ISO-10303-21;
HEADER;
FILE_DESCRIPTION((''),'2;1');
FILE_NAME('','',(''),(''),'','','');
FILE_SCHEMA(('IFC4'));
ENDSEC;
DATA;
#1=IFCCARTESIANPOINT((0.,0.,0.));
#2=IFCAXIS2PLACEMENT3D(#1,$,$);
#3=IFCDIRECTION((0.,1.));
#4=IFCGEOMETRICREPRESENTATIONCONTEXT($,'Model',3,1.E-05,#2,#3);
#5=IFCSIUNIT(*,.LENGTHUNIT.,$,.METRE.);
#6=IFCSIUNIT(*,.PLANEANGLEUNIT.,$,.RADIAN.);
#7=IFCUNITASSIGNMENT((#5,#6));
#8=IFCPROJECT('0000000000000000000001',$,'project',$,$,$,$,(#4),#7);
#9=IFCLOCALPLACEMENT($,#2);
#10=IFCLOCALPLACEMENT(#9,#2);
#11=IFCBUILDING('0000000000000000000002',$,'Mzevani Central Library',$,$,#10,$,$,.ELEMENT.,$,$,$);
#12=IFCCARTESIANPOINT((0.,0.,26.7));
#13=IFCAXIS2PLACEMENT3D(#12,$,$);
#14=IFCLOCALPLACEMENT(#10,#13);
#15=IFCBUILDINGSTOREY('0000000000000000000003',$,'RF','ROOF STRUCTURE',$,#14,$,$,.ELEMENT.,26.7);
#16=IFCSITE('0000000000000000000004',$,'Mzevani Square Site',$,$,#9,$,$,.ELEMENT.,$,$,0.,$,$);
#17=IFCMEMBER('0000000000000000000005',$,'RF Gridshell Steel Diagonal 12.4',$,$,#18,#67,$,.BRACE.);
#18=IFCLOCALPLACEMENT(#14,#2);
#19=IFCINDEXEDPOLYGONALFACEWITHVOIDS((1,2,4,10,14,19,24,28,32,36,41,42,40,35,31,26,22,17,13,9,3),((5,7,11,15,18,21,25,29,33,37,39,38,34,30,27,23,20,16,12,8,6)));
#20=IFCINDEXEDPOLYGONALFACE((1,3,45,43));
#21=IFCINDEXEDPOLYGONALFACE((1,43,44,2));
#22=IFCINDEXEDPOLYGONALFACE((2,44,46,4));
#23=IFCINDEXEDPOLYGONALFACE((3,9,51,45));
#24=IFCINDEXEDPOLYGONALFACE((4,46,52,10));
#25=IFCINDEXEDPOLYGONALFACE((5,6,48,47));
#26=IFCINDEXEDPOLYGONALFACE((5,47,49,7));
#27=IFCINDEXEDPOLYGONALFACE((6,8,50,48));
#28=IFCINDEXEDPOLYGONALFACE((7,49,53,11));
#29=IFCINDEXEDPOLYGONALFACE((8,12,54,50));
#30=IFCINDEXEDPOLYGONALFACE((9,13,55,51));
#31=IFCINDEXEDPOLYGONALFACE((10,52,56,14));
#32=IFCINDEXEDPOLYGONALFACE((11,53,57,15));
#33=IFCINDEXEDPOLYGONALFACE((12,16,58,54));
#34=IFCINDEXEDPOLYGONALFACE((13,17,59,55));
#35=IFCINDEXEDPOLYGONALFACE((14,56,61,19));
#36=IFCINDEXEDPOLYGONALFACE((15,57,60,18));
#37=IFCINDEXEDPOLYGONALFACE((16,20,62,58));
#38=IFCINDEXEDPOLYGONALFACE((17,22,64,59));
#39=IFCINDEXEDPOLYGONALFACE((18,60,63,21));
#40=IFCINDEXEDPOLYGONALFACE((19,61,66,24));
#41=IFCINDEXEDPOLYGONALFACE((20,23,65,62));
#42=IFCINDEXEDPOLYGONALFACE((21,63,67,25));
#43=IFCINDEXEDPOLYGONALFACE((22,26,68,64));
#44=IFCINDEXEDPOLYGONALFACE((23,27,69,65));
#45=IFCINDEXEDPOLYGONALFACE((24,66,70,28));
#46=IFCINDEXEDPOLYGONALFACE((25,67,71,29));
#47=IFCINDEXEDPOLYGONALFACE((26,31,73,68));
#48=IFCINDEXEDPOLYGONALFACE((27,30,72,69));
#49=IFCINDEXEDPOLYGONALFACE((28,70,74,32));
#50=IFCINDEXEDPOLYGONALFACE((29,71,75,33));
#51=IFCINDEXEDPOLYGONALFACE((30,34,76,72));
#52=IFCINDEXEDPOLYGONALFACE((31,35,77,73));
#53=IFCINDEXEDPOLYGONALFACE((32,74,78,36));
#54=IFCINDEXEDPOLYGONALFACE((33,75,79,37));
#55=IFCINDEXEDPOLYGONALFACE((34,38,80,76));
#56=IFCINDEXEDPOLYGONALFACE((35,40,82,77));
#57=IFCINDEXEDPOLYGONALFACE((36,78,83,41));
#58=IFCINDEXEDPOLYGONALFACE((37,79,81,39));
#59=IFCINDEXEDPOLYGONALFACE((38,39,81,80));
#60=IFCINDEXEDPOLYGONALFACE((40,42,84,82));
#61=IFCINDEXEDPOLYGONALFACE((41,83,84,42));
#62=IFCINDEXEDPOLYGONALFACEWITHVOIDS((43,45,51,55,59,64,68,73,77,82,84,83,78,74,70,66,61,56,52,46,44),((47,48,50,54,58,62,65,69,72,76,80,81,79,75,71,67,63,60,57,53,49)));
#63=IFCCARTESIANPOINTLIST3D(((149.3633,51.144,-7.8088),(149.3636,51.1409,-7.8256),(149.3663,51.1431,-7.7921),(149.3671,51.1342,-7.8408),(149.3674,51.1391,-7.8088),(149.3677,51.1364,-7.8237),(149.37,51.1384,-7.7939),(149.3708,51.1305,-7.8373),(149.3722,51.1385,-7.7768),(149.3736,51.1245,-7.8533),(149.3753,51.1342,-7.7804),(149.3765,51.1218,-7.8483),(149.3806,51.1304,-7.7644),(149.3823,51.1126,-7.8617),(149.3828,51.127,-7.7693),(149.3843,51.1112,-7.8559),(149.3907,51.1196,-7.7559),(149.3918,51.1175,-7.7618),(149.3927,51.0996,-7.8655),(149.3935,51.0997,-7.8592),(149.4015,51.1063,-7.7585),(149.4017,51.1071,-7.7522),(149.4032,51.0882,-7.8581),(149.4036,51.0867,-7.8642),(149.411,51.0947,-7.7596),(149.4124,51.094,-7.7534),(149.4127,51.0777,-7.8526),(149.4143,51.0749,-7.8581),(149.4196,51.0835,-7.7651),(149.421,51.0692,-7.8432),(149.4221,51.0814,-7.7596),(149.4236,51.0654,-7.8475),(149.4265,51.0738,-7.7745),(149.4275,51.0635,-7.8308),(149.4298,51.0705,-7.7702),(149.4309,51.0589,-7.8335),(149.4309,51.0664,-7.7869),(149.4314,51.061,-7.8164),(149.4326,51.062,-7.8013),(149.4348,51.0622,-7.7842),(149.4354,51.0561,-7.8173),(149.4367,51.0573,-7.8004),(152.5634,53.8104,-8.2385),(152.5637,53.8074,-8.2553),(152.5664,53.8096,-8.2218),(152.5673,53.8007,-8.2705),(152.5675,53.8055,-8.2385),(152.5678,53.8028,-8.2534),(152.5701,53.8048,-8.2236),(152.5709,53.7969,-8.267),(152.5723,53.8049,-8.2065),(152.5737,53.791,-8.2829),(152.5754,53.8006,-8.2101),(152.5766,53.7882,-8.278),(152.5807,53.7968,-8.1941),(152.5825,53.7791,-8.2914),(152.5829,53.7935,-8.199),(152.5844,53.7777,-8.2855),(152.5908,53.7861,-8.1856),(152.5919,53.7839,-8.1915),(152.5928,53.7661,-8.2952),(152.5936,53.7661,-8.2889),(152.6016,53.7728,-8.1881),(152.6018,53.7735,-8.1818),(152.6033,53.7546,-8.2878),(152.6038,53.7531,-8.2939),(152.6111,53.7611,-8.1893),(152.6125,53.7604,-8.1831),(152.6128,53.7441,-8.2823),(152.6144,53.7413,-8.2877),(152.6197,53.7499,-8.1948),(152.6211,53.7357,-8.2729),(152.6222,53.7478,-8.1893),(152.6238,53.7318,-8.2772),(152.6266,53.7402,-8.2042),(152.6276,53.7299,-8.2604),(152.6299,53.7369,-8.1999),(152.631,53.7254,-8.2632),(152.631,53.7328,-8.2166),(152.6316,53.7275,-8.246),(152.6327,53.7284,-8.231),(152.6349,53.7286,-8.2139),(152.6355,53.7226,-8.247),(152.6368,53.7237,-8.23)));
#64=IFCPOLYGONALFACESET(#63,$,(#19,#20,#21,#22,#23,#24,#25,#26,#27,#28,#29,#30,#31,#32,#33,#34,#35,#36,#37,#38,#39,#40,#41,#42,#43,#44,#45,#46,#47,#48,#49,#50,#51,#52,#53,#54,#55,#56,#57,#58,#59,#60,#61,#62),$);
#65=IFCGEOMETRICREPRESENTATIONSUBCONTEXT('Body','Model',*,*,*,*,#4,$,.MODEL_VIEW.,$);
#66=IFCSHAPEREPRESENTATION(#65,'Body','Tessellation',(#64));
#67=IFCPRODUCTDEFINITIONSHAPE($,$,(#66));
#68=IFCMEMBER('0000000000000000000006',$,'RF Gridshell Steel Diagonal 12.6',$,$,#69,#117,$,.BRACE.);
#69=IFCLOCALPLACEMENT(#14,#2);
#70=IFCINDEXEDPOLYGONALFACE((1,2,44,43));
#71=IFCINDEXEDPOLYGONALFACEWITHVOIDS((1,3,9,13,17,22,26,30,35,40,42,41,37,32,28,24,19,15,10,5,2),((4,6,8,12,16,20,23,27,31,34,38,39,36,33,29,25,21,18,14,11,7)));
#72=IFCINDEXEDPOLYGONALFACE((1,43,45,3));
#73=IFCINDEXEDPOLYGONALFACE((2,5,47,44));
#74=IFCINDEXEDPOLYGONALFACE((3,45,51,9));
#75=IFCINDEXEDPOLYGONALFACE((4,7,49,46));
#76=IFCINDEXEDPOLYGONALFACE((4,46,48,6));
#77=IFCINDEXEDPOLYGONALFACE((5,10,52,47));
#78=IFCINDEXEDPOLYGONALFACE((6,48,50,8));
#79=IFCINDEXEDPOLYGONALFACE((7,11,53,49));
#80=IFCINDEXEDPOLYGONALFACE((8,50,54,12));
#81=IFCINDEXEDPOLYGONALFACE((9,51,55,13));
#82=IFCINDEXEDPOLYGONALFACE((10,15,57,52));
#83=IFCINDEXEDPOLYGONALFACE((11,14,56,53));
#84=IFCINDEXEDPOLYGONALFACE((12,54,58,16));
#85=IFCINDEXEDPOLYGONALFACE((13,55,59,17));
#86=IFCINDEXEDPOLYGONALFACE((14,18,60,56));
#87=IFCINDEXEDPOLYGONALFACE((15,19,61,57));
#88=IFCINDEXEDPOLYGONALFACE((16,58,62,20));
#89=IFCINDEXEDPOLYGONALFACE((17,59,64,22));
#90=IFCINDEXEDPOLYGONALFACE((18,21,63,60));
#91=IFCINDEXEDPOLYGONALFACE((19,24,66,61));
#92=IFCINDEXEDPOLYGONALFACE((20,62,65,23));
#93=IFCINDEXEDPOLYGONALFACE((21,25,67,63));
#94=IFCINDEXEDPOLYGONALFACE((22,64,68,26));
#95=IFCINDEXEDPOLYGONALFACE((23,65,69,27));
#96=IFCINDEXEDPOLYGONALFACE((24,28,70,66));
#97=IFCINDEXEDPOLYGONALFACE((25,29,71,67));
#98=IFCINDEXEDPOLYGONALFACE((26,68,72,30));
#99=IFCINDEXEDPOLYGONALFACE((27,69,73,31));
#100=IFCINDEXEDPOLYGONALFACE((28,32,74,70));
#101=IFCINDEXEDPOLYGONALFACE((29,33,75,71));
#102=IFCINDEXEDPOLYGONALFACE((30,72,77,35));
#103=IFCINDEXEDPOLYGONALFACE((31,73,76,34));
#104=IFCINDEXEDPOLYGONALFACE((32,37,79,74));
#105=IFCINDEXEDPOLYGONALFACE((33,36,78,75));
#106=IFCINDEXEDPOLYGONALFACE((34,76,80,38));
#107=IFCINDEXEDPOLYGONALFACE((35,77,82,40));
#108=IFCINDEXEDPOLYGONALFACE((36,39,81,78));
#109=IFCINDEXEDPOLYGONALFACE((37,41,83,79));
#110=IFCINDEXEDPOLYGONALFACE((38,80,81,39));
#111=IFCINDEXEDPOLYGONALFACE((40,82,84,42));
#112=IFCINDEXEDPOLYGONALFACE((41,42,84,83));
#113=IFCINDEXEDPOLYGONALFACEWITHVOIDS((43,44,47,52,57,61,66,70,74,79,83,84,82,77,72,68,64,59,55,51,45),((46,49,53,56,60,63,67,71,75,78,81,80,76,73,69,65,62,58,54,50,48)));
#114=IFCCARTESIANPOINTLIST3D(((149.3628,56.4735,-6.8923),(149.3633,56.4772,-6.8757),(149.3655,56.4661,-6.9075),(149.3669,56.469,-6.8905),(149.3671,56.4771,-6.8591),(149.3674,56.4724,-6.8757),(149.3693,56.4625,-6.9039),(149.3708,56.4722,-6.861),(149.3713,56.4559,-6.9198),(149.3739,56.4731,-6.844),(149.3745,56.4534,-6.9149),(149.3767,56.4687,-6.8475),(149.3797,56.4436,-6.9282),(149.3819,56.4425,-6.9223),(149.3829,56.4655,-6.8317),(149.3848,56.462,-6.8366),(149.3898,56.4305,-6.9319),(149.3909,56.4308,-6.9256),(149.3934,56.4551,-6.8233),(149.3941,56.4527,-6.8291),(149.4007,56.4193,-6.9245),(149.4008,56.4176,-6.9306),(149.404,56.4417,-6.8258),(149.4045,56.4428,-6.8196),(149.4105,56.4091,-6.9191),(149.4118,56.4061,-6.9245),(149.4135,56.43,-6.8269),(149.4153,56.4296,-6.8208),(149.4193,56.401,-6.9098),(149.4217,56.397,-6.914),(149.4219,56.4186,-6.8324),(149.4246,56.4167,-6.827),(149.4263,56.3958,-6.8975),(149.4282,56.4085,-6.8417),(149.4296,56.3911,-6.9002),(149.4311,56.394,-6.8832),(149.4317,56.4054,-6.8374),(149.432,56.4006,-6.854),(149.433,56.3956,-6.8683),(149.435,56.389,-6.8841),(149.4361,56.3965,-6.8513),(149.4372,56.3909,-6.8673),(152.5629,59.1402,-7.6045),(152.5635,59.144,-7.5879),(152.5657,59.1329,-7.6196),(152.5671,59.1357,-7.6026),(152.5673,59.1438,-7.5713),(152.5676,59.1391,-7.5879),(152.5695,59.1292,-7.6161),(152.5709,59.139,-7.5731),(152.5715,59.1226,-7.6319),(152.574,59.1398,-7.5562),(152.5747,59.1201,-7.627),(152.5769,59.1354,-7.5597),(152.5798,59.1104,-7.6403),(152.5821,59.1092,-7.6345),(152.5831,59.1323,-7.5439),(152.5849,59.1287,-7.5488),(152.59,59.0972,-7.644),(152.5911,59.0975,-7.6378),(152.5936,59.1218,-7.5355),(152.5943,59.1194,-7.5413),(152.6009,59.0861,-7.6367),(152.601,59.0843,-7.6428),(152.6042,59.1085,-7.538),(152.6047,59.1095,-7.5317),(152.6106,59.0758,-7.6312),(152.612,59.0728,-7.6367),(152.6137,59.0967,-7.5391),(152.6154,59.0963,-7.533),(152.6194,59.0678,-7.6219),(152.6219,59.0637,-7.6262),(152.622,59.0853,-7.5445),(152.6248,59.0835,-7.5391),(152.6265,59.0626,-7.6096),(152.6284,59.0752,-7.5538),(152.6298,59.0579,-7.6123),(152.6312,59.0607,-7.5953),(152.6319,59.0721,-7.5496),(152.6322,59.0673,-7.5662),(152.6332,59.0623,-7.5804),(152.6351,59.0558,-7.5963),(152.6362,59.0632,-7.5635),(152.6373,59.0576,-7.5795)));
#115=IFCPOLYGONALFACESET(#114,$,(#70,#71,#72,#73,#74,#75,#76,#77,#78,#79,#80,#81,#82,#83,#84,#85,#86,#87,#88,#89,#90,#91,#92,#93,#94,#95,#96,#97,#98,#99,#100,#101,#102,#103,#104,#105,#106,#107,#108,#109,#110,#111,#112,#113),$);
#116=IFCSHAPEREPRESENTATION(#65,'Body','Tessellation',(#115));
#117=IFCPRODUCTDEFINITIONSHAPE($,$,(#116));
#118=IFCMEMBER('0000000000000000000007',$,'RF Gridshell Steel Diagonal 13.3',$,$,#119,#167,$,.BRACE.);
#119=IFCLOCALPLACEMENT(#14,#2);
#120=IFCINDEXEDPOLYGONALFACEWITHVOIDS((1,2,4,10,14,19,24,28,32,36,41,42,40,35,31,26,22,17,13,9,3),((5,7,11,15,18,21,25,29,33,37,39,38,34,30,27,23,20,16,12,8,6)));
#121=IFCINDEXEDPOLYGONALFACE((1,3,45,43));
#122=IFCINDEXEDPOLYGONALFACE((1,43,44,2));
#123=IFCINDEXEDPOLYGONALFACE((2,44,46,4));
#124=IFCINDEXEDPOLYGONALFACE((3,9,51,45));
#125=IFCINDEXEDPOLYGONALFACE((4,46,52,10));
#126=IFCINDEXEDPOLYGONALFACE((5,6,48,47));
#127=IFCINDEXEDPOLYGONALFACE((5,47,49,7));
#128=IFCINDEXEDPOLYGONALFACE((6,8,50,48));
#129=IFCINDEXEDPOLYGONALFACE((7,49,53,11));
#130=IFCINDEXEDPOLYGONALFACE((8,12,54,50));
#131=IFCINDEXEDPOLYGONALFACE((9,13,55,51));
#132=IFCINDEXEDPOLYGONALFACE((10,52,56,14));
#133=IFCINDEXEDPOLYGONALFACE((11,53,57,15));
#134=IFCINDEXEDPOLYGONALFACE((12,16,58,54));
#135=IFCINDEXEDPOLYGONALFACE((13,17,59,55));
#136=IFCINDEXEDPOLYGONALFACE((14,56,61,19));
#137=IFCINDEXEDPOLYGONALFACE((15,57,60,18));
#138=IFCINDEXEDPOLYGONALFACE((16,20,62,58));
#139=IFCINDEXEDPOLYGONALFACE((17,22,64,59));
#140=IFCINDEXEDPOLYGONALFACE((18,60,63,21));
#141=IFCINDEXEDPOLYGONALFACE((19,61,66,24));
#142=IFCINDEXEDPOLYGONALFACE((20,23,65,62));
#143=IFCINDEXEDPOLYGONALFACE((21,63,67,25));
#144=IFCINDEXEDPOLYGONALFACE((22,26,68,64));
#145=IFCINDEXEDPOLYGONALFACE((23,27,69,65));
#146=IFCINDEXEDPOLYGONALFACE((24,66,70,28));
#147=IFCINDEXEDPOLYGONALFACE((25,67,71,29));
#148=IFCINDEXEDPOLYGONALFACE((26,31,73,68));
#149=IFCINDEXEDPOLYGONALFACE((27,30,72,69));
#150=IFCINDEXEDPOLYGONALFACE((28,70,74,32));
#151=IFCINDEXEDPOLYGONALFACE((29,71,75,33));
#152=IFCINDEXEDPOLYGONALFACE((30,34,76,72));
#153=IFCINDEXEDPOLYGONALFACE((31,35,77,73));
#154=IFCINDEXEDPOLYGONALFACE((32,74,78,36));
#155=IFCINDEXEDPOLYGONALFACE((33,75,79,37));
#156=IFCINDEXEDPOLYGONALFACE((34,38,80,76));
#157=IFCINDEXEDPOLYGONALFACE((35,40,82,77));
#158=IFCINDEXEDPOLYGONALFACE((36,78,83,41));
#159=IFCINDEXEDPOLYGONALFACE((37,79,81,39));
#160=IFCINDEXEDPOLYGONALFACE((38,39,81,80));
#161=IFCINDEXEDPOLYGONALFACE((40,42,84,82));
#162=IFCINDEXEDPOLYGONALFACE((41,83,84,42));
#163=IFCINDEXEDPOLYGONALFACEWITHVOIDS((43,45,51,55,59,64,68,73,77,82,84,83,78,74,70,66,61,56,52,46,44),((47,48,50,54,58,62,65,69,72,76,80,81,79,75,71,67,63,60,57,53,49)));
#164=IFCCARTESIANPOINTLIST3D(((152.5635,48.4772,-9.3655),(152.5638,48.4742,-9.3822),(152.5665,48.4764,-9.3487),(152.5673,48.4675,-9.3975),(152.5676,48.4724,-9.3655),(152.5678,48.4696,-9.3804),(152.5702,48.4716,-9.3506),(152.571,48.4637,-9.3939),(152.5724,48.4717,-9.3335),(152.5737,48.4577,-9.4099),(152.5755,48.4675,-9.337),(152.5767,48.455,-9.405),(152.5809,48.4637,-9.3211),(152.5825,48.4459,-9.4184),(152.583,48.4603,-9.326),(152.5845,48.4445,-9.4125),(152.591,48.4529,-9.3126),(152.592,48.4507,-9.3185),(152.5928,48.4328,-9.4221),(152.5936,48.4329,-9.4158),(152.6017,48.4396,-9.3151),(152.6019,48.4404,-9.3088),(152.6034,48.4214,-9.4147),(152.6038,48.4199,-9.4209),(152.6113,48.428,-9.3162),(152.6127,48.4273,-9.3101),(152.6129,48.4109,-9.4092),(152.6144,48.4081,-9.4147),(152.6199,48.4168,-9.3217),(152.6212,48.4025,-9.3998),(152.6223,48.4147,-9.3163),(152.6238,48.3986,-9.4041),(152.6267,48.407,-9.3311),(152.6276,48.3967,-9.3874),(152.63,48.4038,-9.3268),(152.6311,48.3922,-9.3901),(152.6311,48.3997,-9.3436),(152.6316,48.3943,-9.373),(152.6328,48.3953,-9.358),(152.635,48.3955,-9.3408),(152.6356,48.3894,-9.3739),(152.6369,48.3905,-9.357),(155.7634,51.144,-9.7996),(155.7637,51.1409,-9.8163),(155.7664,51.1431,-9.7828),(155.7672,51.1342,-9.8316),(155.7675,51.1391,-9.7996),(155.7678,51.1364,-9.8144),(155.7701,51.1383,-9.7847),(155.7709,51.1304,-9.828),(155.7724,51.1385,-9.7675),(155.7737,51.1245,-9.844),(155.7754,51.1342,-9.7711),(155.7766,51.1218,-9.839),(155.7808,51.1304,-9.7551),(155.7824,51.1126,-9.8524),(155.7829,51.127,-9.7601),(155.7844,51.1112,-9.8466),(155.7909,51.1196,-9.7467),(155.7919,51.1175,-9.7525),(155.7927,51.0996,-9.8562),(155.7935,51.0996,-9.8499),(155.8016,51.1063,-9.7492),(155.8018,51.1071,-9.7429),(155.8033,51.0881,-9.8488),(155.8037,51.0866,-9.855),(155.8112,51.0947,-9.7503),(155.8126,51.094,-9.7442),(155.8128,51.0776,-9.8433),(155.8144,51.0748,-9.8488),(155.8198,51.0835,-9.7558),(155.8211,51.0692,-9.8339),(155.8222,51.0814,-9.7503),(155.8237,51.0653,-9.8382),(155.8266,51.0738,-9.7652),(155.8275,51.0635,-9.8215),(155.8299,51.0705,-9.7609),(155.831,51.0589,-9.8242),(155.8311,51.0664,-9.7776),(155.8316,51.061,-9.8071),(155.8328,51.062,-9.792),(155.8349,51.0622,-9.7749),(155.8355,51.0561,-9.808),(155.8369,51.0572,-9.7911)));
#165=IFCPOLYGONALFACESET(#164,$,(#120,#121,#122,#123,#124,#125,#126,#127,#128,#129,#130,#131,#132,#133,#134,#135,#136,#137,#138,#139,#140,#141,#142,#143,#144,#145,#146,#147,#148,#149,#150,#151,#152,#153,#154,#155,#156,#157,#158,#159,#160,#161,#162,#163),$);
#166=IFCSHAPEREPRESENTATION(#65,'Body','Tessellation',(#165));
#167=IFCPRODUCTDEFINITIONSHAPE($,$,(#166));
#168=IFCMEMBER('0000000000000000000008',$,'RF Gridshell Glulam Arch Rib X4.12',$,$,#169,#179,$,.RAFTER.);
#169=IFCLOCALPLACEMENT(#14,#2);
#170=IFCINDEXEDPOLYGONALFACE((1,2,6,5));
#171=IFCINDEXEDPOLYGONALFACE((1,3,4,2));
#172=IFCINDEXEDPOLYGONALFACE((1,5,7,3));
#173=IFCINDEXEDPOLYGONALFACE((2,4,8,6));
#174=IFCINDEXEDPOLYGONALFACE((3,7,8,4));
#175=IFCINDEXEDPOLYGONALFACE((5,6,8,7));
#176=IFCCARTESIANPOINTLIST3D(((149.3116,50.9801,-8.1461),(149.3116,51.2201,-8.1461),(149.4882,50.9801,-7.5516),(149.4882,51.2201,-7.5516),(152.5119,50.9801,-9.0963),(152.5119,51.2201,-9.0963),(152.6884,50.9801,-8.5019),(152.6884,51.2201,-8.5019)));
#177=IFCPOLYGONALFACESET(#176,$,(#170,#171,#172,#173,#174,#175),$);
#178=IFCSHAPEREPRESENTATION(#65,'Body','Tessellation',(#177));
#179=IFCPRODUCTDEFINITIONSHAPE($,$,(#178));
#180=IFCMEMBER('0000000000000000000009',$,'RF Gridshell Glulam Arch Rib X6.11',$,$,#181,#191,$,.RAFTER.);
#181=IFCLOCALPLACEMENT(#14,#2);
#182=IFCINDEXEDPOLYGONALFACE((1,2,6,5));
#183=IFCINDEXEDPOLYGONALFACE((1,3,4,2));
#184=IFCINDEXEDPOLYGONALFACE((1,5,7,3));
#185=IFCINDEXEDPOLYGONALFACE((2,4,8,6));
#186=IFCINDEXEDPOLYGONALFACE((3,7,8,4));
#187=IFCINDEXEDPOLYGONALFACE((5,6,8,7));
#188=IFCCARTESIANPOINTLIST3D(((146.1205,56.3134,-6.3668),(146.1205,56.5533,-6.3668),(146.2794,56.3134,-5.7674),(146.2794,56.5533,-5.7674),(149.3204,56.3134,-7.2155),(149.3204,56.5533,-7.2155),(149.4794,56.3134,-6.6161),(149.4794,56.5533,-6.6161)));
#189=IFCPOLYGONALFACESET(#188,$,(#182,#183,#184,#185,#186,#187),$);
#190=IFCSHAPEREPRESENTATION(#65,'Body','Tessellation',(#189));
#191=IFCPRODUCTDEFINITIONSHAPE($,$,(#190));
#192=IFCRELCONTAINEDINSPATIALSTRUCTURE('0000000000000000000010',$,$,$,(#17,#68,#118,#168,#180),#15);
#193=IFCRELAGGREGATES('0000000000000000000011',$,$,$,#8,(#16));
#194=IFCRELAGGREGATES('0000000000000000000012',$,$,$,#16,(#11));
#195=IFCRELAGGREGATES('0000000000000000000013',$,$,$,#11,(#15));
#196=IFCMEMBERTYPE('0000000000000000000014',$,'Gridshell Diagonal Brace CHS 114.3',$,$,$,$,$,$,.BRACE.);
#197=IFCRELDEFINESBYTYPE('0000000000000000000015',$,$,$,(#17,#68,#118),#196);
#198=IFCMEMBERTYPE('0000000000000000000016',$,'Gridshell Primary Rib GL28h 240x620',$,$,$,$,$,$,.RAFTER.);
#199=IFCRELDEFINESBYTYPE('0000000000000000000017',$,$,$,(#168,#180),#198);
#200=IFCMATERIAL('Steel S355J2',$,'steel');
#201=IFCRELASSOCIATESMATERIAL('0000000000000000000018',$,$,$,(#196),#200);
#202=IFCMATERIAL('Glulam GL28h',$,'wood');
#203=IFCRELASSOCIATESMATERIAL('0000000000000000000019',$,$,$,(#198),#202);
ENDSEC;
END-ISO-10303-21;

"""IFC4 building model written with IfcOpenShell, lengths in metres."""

from ifc_helpers import new_model, si_unit, direction, frame, origin, origin_2d, place, context, subcontext, project, spatial, rectangle, hollow_circle, extrude, material, material_profile, profile_set, type_object, element, save


model = new_model("IFC4")

# Units and contexts
model_context = context("Model", 3, precision=1e-05, world=origin(), true_north=direction((0.0, 1.0)))
body_context = subcontext(model_context, "Body", "Model", "MODEL_VIEW")
ifc_project = project(units=[si_unit("LENGTHUNIT", "METRE"), si_unit("PLANEANGLEUNIT", "RADIAN")], contexts=[model_context])

# Site, building, storey
site_placement = place(None, origin())
site = spatial("IfcSite", under=ifc_project, at=site_placement, Name="Mzevani Square Site", CompositionType="ELEMENT", RefElevation=0.0)
building_placement = place(site_placement, origin())
building = spatial("IfcBuilding", under=site, at=building_placement, Name="Mzevani Central Library", CompositionType="ELEMENT")
storey_placement = place(building_placement, frame((0.0, 0.0, 26.7)))
storey = spatial("IfcBuildingStorey", under=building, at=storey_placement, Name="RF", Description="ROOF STRUCTURE", CompositionType="ELEMENT", Elevation=26.7)

# Members
ifc_material_1 = material(Name="Steel S355J2", Category="steel")
ifc_material_profile_1 = material_profile(ifc_material_1, hollow_circle(Radius=0.0571, WallThickness=0.0063, at=origin_2d()), Name="CHS 114.3x6.3")
ifc_profile_set_1 = profile_set([ifc_material_profile_1], Name="Steel S355J2")
member_type_1 = type_object("IfcMemberType", Name="Gridshell Diagonal Brace CHS 114.3", PredefinedType="BRACE", material=ifc_profile_set_1)
member_1_placement = place(storey_placement, frame((149.3999, 51.1001, -7.8088), z_axis=(0.764205, 0.636759, -0.102609), x_axis=(-0.640138, 0.76826, 0.0)))
element("IfcMember", 1, at=member_1_placement, inside=storey, type_object=member_type_1, Name="RF Gridshell Steel Diagonal 12.4", PredefinedType="BRACE", context=body_context, shape_type="SweptSolid", body=[
    extrude(hollow_circle(Radius=0.0571, WallThickness=0.0063, at=origin_2d()), origin(), (0.0, 0.0, 1.0), 4.1875),
])
member_2_placement = place(storey_placement, frame((149.3999, 56.4333, -6.8757), z_axis=(0.757245, 0.631018, -0.168514), x_axis=(-0.640173, 0.768231, 0.0)))
element("IfcMember", 2, at=member_2_placement, inside=storey, type_object=member_type_1, Name="RF Gridshell Steel Diagonal 12.6", PredefinedType="BRACE", context=body_context, shape_type="SweptSolid", body=[
    extrude(hollow_circle(Radius=0.0571, WallThickness=0.0063, at=origin_2d()), origin(), (0.0, 0.0, 1.0), 4.2261),
])
member_3_placement = place(storey_placement, frame((152.6001, 48.4333, -9.3655), z_axis=(0.764069, 0.636754, -0.103648), x_axis=(-0.640202, 0.768207, 0.0)))
element("IfcMember", 3, at=member_3_placement, inside=storey, type_object=member_type_1, Name="RF Gridshell Steel Diagonal 13.3", PredefinedType="BRACE", context=body_context, shape_type="SweptSolid", body=[
    extrude(hollow_circle(Radius=0.0571, WallThickness=0.0063, at=origin_2d()), origin(), (0.0, 0.0, 1.0), 4.188),
])
ifc_material_2 = material(Name="Glulam GL28h", Category="wood")
ifc_material_profile_2 = material_profile(ifc_material_2, rectangle(XDim=0.24, YDim=0.6201, at=origin_2d()), Name="GL28h 240x620")
ifc_profile_set_2 = profile_set([ifc_material_profile_2], Name="Glulam GL28h")
member_type_2 = type_object("IfcMemberType", Name="Gridshell Primary Rib GL28h 240x620", PredefinedType="RAFTER", material=ifc_profile_set_2)
member_4_placement = place(storey_placement, frame((149.3999, 51.1001, -7.8489), z_axis=(0.958636, 0.0, -0.284636), x_axis=(0.0, 1.0, 0.0)))
element("IfcMember", 4, at=member_4_placement, inside=storey, type_object=member_type_2, Name="RF Gridshell Glulam Arch Rib X4.12", PredefinedType="RAFTER", context=body_context, shape_type="SweptSolid", body=[
    extrude(rectangle(XDim=0.24, YDim=0.6201, at=origin_2d()), origin(), (0.0, 0.0, 1.0), 3.3384),
])
member_5_placement = place(storey_placement, frame((146.2, 56.4333, -6.0671), z_axis=(0.966587, 0.0, -0.25634), x_axis=(0.0, 1.0, 0.0)))
element("IfcMember", 5, at=member_5_placement, inside=storey, type_object=member_type_2, Name="RF Gridshell Glulam Arch Rib X6.11", PredefinedType="RAFTER", context=body_context, shape_type="SweptSolid", body=[
    extrude(rectangle(XDim=0.24, YDim=0.6201, at=origin_2d()), origin(), (0.0, 0.0, 1.0), 3.3105),
])

save(model, "model.ifc")
